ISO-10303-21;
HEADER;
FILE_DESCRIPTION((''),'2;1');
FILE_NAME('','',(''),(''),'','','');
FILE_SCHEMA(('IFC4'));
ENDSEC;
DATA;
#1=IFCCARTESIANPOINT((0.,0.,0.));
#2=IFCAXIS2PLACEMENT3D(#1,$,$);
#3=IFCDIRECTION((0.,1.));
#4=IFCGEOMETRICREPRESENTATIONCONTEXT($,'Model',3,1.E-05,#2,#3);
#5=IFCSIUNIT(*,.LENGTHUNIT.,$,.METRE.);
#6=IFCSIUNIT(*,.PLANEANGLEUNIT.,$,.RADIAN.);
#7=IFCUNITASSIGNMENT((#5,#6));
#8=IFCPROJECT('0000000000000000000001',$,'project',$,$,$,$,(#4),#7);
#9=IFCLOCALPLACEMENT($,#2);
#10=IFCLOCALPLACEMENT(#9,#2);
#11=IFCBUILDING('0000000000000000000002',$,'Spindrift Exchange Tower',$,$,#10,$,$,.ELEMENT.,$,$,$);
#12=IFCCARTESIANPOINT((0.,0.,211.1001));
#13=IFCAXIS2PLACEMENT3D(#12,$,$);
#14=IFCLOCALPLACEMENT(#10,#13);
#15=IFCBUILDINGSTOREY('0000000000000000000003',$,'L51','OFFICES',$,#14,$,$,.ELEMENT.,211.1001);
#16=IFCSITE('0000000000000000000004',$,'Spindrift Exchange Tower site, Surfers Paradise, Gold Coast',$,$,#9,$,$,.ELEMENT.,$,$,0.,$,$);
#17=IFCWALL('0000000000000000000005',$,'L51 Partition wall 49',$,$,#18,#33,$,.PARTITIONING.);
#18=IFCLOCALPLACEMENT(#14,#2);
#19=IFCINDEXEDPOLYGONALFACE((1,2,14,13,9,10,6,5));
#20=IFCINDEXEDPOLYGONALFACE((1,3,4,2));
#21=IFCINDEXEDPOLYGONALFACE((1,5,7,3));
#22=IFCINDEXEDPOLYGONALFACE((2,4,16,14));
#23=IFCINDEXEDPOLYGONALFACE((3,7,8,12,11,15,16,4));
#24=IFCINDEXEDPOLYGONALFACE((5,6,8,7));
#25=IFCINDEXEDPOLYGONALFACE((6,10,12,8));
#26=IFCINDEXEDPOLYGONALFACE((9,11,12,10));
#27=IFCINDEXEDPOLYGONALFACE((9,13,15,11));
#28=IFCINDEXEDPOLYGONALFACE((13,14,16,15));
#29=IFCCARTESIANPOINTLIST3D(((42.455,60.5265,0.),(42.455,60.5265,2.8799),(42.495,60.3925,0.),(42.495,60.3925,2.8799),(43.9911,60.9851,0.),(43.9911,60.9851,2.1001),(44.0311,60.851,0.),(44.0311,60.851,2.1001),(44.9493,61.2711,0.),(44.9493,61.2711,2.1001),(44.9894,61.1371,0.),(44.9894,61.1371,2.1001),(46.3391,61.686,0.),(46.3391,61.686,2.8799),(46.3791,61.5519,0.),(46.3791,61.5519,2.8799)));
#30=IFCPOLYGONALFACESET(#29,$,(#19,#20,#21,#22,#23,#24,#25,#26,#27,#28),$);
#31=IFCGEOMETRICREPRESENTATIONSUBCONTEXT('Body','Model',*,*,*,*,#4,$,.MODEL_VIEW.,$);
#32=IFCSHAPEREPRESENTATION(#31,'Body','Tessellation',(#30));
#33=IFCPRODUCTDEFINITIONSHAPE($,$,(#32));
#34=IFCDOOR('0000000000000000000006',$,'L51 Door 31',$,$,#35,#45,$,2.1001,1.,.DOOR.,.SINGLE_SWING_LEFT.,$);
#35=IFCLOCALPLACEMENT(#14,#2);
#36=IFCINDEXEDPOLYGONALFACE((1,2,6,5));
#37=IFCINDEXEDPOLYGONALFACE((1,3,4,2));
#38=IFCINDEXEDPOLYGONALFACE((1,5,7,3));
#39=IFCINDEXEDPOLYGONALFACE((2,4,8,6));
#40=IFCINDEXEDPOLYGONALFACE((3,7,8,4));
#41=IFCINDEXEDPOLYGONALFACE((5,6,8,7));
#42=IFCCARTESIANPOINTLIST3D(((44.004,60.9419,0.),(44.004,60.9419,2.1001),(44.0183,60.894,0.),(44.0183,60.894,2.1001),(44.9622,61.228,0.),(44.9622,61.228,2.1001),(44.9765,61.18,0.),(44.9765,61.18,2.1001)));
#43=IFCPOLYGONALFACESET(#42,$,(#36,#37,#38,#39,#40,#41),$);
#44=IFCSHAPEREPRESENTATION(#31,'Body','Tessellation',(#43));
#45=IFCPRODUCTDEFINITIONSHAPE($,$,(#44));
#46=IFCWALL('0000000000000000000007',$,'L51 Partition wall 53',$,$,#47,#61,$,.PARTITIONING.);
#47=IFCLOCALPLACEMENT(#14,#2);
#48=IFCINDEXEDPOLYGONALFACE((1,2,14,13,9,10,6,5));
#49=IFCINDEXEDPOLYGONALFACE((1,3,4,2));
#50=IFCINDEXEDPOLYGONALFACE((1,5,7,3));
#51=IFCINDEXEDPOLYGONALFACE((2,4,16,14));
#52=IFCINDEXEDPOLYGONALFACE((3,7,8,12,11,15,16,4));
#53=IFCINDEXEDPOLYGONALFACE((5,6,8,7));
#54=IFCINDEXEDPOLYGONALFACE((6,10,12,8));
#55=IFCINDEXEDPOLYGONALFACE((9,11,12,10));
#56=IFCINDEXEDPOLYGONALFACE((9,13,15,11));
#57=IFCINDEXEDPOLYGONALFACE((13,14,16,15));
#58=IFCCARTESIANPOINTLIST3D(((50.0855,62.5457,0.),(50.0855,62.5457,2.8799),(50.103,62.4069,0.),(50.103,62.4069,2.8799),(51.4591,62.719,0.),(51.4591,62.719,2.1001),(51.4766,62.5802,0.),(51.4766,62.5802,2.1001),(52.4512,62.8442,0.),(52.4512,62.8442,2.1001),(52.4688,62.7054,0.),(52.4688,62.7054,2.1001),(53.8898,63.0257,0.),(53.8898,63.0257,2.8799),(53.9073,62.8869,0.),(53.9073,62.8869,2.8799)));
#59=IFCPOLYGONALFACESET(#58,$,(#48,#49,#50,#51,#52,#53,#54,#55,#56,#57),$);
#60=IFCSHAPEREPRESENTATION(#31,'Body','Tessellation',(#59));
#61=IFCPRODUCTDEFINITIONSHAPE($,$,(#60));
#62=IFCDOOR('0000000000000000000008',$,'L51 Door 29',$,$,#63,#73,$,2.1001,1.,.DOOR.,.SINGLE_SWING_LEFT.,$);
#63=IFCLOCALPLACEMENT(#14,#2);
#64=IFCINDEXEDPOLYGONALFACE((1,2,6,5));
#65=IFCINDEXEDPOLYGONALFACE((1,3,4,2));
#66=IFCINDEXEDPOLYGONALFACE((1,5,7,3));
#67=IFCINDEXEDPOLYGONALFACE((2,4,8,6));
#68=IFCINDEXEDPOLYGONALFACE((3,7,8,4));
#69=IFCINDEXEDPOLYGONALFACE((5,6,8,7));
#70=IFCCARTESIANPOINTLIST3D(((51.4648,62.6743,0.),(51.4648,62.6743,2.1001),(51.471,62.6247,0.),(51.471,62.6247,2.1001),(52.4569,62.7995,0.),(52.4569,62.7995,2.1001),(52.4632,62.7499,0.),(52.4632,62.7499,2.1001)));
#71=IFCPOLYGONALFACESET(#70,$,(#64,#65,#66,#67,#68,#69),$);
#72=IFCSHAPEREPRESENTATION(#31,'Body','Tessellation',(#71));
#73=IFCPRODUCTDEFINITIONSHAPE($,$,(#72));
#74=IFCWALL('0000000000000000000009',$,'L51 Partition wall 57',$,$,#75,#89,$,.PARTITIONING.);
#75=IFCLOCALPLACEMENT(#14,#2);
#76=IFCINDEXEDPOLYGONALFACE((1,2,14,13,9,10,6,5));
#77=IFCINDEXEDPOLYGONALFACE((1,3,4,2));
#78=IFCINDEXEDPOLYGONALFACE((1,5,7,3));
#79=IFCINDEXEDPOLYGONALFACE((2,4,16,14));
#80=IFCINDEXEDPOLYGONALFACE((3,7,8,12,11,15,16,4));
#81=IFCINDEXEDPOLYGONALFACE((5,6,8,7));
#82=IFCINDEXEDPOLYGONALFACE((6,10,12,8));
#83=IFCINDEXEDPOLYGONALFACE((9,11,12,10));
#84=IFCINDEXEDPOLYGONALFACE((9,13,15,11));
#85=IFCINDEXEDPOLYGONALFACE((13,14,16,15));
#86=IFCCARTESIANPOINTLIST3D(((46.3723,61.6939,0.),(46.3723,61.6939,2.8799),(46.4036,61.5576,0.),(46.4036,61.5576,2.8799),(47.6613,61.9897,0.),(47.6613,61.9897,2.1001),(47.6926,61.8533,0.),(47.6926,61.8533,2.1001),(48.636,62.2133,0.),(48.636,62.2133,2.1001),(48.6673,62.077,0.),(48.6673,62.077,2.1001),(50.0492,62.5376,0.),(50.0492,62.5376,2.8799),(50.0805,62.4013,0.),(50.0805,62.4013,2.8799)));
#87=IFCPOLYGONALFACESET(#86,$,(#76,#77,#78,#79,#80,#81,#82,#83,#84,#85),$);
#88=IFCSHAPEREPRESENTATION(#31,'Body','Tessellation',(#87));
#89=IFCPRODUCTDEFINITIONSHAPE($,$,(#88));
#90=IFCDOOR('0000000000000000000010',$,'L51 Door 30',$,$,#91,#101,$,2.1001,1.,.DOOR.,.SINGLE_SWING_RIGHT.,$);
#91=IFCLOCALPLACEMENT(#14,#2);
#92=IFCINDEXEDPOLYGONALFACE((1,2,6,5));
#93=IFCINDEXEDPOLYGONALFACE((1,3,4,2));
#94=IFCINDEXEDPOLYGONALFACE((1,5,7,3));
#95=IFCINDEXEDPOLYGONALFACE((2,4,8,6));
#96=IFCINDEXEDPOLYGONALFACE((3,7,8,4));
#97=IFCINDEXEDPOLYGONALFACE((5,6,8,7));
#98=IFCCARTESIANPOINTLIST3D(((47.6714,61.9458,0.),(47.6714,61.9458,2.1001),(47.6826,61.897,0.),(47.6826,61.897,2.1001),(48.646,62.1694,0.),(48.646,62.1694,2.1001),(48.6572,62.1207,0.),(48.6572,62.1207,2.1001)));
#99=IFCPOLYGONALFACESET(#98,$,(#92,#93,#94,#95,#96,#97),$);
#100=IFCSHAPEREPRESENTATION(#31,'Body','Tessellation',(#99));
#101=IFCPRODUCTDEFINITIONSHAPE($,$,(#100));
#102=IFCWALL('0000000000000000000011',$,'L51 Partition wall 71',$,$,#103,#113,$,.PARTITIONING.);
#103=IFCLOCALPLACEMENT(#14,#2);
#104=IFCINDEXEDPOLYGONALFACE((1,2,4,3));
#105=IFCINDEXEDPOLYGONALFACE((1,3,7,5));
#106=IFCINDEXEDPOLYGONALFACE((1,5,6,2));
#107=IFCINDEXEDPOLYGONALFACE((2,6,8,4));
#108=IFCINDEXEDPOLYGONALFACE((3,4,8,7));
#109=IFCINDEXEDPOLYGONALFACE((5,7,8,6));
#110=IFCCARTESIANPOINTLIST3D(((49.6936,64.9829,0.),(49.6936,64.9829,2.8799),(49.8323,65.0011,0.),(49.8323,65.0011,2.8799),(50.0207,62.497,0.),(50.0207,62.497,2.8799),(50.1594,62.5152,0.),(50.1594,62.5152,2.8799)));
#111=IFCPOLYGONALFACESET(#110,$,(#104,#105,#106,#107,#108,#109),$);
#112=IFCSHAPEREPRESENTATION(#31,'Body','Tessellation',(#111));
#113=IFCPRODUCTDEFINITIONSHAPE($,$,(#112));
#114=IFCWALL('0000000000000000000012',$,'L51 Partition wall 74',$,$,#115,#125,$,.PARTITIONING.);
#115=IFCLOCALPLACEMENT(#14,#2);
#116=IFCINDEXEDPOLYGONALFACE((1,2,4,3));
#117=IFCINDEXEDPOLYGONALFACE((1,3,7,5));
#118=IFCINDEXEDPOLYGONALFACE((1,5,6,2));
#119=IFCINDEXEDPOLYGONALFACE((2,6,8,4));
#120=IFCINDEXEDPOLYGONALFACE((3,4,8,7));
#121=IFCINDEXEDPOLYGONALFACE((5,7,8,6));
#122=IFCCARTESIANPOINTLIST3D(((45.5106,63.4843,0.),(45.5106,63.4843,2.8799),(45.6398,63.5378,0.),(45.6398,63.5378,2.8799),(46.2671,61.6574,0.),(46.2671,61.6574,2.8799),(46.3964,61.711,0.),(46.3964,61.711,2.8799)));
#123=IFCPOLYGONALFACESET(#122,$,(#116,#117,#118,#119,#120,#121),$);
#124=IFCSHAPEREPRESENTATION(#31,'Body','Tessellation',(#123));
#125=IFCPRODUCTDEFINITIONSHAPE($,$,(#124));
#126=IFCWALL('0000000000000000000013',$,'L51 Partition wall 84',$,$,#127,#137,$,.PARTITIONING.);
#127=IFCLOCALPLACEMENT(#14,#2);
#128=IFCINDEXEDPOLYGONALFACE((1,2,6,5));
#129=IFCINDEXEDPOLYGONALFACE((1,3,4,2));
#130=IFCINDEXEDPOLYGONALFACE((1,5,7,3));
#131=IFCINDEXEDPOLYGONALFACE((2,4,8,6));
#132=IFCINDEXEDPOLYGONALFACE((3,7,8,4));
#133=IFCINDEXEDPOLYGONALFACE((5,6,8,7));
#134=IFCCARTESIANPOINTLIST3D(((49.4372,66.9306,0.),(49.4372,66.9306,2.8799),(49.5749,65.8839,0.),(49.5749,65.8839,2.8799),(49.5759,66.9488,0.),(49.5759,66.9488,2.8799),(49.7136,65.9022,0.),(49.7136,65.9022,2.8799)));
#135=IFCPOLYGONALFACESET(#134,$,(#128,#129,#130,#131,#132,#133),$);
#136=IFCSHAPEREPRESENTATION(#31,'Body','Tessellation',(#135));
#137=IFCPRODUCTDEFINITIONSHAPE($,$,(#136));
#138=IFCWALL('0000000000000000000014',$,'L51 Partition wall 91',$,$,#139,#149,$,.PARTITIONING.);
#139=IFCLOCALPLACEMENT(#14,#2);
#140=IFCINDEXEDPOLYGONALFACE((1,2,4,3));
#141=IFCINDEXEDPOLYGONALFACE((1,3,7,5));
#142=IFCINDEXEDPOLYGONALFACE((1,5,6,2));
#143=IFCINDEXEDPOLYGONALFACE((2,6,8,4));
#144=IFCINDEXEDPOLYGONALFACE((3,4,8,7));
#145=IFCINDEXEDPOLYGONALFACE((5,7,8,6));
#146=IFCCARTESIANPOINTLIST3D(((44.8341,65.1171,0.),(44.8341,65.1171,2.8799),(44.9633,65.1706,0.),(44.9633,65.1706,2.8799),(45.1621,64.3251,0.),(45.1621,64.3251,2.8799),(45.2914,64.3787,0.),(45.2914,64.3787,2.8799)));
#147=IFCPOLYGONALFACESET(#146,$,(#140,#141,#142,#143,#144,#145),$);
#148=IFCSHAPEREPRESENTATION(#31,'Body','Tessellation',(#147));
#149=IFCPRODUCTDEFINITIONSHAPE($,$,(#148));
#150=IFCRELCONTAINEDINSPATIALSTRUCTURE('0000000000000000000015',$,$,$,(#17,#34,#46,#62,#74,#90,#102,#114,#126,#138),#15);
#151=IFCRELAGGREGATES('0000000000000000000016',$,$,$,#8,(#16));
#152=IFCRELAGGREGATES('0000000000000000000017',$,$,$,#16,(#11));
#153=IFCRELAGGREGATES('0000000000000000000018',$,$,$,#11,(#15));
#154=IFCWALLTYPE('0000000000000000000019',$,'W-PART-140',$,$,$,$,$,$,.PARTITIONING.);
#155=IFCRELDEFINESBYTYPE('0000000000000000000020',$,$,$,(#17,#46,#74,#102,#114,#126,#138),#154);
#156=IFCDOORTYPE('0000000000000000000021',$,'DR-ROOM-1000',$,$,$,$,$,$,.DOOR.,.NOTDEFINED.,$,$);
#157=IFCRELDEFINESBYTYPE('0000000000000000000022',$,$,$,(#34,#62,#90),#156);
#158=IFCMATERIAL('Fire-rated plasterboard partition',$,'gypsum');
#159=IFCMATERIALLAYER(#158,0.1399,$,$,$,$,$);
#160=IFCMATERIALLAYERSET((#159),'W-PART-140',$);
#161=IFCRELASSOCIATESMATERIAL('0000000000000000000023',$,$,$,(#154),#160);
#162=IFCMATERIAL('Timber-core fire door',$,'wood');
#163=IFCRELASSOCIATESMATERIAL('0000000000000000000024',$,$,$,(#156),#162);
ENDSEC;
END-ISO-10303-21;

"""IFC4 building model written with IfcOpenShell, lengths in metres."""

from ifc_helpers import new_model, si_unit, direction, frame, frame_2d, origin, place, context, subcontext, project, spatial, rectangle, extrude, source, transform, mapped, material, layer, layer_set, type_object, element, fill, save


model = new_model("IFC4")

# Units and contexts
model_context = context("Model", 3, precision=1e-05, world=origin(), true_north=direction((0.0, 1.0)))
body_context = subcontext(model_context, "Body", "Model", "MODEL_VIEW")
ifc_project = project(units=[si_unit("LENGTHUNIT", "METRE"), si_unit("PLANEANGLEUNIT", "RADIAN")], contexts=[model_context])

# Site, building, storey
site_placement = place(None, origin())
site = spatial("IfcSite", under=ifc_project, at=site_placement, Name="Spindrift Exchange Tower site, Surfers Paradise, Gold Coast", CompositionType="ELEMENT", RefElevation=0.0)
building_placement = place(site_placement, origin())
building = spatial("IfcBuilding", under=site, at=building_placement, Name="Spindrift Exchange Tower", CompositionType="ELEMENT")
storey_placement = place(building_placement, frame((0.0, 0.0, 211.1001)))
storey = spatial("IfcBuildingStorey", under=building, at=storey_placement, Name="L51", Description="OFFICES", CompositionType="ELEMENT", Elevation=211.1001)

# Walls, openings, doors
ifc_material_1 = material(Name="Fire-rated plasterboard partition", Category="gypsum")
ifc_layer_1 = layer(ifc_material_1, 0.1399)
ifc_layer_set_1 = layer_set([ifc_layer_1], Name="W-PART-140")
wall_type = type_object("IfcWallType", Name="W-PART-140", PredefinedType="PARTITIONING", material=ifc_layer_set_1)
wall_1_placement = place(storey_placement, frame((42.4749, 60.4595, 0.0), z_axis=(0.0, 0.0, 1.0), x_axis=(0.958218, 0.286038, 0.0)))
wall_1 = element("IfcWall", 1, at=wall_1_placement, inside=storey, type_object=wall_type, Name="L51 Partition wall 49", PredefinedType="PARTITIONING", context=body_context, shape_type="SweptSolid", body=[
    extrude(rectangle(XDim=4.0535, YDim=0.1399, at=frame_2d((2.0269, 0.0))), origin(), (0.0, 0.0, 1.0), 2.8799),
])
opening_1_placement = place(wall_1_placement, frame((1.6033, 0.0, 0.0)))
opening_1 = element("IfcOpeningElement", 2, at=opening_1_placement, cuts=wall_1, PredefinedType="OPENING", context=body_context, shape_type="SweptSolid", body=[
    extrude(rectangle(XDim=1.0, YDim=2.1001, at=frame_2d((0.5, 1.05))), frame((0.0, 0.0798, 0.0), z_axis=(0.0, -1.0, 0.0), x_axis=(1.0, 0.0, 0.0)), (0.0, 0.0, 1.0), 0.1599),
])
ifc_material_2 = material(Name="Timber-core fire door", Category="wood")
door_type = type_object("IfcDoorType", Name="DR-ROOM-1000", OperationType="NOTDEFINED", PredefinedType="DOOR", material=ifc_material_2)
shared_shape_1 = source(origin(), body_context, "Body", "SweptSolid", [
    extrude(rectangle(XDim=1.0, YDim=2.1001, at=frame_2d((0.5, 1.05))), frame((0.0, 0.0249, 0.0), z_axis=(0.0, -1.0, 0.0), x_axis=(1.0, 0.0, 0.0)), (0.0, 0.0, 1.0), 0.05),
])
door_1_placement = place(opening_1_placement, origin())
door_1 = element("IfcDoor", 3, at=door_1_placement, inside=storey, type_object=door_type, Name="L51 Door 31", OperationType="SINGLE_SWING_LEFT", OverallHeight=2.1001, OverallWidth=1.0, PredefinedType="DOOR", context=body_context, shape_type="MappedRepresentation", body=[
    mapped(shared_shape_1, transform((0.0, 0.0, 0.0), scale=1.0)),
])
fill(opening_1, door_1)
wall_2_placement = place(storey_placement, frame((50.0942, 62.4763, 0.0), z_axis=(0.0, 0.0, 1.0), x_axis=(0.992134, 0.125179, 0.0)))
wall_2 = element("IfcWall", 4, at=wall_2_placement, inside=storey, type_object=wall_type, Name="L51 Partition wall 53", PredefinedType="PARTITIONING", context=body_context, shape_type="SweptSolid", body=[
    extrude(rectangle(XDim=3.8345, YDim=0.1399, at=frame_2d((1.9172, 0.0))), origin(), (0.0, 0.0, 1.0), 2.8799),
])
opening_2_placement = place(wall_2_placement, frame((1.3845, 0.0, 0.0)))
opening_2 = element("IfcOpeningElement", 5, at=opening_2_placement, cuts=wall_2, PredefinedType="OPENING", context=body_context, shape_type="SweptSolid", body=[
    extrude(rectangle(XDim=1.0, YDim=2.1001, at=frame_2d((0.5, 1.05))), frame((0.0, 0.0798, 0.0), z_axis=(0.0, -1.0, 0.0), x_axis=(1.0, 0.0, 0.0)), (0.0, 0.0, 1.0), 0.1599),
])
door_2_placement = place(opening_2_placement, origin())
door_2 = element("IfcDoor", 6, at=door_2_placement, inside=storey, type_object=door_type, Name="L51 Door 29", OperationType="SINGLE_SWING_LEFT", OverallHeight=2.1001, OverallWidth=1.0, PredefinedType="DOOR", context=body_context, shape_type="MappedRepresentation", body=[
    mapped(shared_shape_1, transform((0.0, 0.0, 0.0), scale=1.0)),
])
fill(opening_2, door_2)
wall_3_placement = place(storey_placement, frame((46.3879, 61.6257, 0.0), z_axis=(0.0, 0.0, 1.0), x_axis=(0.974669, 0.223654, 0.0)))
wall_3 = element("IfcWall", 7, at=wall_3_placement, inside=storey, type_object=wall_type, Name="L51 Partition wall 57", PredefinedType="PARTITIONING", context=body_context, shape_type="SweptSolid", body=[
    extrude(rectangle(XDim=3.7725, YDim=0.1399, at=frame_2d((1.8862, 0.0))), origin(), (0.0, 0.0, 1.0), 2.8799),
])
opening_3_placement = place(wall_3_placement, frame((1.3225, 0.0, 0.0)))
opening_3 = element("IfcOpeningElement", 8, at=opening_3_placement, cuts=wall_3, PredefinedType="OPENING", context=body_context, shape_type="SweptSolid", body=[
    extrude(rectangle(XDim=1.0, YDim=2.1001, at=frame_2d((0.5, 1.05))), frame((0.0, 0.0798, 0.0), z_axis=(0.0, -1.0, 0.0), x_axis=(1.0, 0.0, 0.0)), (0.0, 0.0, 1.0), 0.1599),
])
door_3_placement = place(opening_3_placement, origin())
door_3 = element("IfcDoor", 9, at=door_3_placement, inside=storey, type_object=door_type, Name="L51 Door 30", OperationType="SINGLE_SWING_RIGHT", OverallHeight=2.1001, OverallWidth=1.0, PredefinedType="DOOR", context=body_context, shape_type="MappedRepresentation", body=[
    mapped(shared_shape_1, transform((0.0, 0.0, 0.0), scale=1.0)),
])
fill(opening_3, door_3)

# Walls
wall_4_placement = place(storey_placement, frame((50.0901, 62.5061, 0.0), z_axis=(0.0, 0.0, 1.0), x_axis=(-0.13048, 0.991451, 0.0)))
element("IfcWall", 10, at=wall_4_placement, inside=storey, type_object=wall_type, Name="L51 Partition wall 71", PredefinedType="PARTITIONING", context=body_context, shape_type="SweptSolid", body=[
    extrude(rectangle(XDim=2.5073, YDim=0.1399, at=frame_2d((1.2537, 0.0))), origin(), (0.0, 0.0, 1.0), 2.8799),
])
wall_5_placement = place(storey_placement, frame((46.3318, 61.6841, 0.0), z_axis=(0.0, 0.0, 1.0), x_axis=(-0.382624, 0.923904, 0.0)))
element("IfcWall", 11, at=wall_5_placement, inside=storey, type_object=wall_type, Name="L51 Partition wall 74", PredefinedType="PARTITIONING", context=body_context, shape_type="SweptSolid", body=[
    extrude(rectangle(XDim=1.9773, YDim=0.1399, at=frame_2d((0.9888, 0.0))), origin(), (0.0, 0.0, 1.0), 2.8799),
])
wall_6_placement = place(storey_placement, frame((49.6443, 65.8931, 0.0), z_axis=(0.0, 0.0, 1.0), x_axis=(-0.130437, 0.991457, 0.0)))
element("IfcWall", 12, at=wall_6_placement, inside=storey, type_object=wall_type, Name="L51 Partition wall 84", PredefinedType="PARTITIONING", context=body_context, shape_type="SweptSolid", body=[
    extrude(rectangle(XDim=1.0557, YDim=0.1399, at=frame_2d((0.5278, 0.0))), origin(), (0.0, 0.0, 1.0), 2.8799),
])
wall_7_placement = place(storey_placement, frame((45.2268, 64.3518, 0.0), z_axis=(0.0, 0.0, 1.0), x_axis=(-0.382754, 0.92385, 0.0)))
element("IfcWall", 13, at=wall_7_placement, inside=storey, type_object=wall_type, Name="L51 Partition wall 91", PredefinedType="PARTITIONING", context=body_context, shape_type="SweptSolid", body=[
    extrude(rectangle(XDim=0.8572, YDim=0.1399, at=frame_2d((0.4287, 0.0))), origin(), (0.0, 0.0, 1.0), 2.8799),
])

save(model, "model.ifc")
